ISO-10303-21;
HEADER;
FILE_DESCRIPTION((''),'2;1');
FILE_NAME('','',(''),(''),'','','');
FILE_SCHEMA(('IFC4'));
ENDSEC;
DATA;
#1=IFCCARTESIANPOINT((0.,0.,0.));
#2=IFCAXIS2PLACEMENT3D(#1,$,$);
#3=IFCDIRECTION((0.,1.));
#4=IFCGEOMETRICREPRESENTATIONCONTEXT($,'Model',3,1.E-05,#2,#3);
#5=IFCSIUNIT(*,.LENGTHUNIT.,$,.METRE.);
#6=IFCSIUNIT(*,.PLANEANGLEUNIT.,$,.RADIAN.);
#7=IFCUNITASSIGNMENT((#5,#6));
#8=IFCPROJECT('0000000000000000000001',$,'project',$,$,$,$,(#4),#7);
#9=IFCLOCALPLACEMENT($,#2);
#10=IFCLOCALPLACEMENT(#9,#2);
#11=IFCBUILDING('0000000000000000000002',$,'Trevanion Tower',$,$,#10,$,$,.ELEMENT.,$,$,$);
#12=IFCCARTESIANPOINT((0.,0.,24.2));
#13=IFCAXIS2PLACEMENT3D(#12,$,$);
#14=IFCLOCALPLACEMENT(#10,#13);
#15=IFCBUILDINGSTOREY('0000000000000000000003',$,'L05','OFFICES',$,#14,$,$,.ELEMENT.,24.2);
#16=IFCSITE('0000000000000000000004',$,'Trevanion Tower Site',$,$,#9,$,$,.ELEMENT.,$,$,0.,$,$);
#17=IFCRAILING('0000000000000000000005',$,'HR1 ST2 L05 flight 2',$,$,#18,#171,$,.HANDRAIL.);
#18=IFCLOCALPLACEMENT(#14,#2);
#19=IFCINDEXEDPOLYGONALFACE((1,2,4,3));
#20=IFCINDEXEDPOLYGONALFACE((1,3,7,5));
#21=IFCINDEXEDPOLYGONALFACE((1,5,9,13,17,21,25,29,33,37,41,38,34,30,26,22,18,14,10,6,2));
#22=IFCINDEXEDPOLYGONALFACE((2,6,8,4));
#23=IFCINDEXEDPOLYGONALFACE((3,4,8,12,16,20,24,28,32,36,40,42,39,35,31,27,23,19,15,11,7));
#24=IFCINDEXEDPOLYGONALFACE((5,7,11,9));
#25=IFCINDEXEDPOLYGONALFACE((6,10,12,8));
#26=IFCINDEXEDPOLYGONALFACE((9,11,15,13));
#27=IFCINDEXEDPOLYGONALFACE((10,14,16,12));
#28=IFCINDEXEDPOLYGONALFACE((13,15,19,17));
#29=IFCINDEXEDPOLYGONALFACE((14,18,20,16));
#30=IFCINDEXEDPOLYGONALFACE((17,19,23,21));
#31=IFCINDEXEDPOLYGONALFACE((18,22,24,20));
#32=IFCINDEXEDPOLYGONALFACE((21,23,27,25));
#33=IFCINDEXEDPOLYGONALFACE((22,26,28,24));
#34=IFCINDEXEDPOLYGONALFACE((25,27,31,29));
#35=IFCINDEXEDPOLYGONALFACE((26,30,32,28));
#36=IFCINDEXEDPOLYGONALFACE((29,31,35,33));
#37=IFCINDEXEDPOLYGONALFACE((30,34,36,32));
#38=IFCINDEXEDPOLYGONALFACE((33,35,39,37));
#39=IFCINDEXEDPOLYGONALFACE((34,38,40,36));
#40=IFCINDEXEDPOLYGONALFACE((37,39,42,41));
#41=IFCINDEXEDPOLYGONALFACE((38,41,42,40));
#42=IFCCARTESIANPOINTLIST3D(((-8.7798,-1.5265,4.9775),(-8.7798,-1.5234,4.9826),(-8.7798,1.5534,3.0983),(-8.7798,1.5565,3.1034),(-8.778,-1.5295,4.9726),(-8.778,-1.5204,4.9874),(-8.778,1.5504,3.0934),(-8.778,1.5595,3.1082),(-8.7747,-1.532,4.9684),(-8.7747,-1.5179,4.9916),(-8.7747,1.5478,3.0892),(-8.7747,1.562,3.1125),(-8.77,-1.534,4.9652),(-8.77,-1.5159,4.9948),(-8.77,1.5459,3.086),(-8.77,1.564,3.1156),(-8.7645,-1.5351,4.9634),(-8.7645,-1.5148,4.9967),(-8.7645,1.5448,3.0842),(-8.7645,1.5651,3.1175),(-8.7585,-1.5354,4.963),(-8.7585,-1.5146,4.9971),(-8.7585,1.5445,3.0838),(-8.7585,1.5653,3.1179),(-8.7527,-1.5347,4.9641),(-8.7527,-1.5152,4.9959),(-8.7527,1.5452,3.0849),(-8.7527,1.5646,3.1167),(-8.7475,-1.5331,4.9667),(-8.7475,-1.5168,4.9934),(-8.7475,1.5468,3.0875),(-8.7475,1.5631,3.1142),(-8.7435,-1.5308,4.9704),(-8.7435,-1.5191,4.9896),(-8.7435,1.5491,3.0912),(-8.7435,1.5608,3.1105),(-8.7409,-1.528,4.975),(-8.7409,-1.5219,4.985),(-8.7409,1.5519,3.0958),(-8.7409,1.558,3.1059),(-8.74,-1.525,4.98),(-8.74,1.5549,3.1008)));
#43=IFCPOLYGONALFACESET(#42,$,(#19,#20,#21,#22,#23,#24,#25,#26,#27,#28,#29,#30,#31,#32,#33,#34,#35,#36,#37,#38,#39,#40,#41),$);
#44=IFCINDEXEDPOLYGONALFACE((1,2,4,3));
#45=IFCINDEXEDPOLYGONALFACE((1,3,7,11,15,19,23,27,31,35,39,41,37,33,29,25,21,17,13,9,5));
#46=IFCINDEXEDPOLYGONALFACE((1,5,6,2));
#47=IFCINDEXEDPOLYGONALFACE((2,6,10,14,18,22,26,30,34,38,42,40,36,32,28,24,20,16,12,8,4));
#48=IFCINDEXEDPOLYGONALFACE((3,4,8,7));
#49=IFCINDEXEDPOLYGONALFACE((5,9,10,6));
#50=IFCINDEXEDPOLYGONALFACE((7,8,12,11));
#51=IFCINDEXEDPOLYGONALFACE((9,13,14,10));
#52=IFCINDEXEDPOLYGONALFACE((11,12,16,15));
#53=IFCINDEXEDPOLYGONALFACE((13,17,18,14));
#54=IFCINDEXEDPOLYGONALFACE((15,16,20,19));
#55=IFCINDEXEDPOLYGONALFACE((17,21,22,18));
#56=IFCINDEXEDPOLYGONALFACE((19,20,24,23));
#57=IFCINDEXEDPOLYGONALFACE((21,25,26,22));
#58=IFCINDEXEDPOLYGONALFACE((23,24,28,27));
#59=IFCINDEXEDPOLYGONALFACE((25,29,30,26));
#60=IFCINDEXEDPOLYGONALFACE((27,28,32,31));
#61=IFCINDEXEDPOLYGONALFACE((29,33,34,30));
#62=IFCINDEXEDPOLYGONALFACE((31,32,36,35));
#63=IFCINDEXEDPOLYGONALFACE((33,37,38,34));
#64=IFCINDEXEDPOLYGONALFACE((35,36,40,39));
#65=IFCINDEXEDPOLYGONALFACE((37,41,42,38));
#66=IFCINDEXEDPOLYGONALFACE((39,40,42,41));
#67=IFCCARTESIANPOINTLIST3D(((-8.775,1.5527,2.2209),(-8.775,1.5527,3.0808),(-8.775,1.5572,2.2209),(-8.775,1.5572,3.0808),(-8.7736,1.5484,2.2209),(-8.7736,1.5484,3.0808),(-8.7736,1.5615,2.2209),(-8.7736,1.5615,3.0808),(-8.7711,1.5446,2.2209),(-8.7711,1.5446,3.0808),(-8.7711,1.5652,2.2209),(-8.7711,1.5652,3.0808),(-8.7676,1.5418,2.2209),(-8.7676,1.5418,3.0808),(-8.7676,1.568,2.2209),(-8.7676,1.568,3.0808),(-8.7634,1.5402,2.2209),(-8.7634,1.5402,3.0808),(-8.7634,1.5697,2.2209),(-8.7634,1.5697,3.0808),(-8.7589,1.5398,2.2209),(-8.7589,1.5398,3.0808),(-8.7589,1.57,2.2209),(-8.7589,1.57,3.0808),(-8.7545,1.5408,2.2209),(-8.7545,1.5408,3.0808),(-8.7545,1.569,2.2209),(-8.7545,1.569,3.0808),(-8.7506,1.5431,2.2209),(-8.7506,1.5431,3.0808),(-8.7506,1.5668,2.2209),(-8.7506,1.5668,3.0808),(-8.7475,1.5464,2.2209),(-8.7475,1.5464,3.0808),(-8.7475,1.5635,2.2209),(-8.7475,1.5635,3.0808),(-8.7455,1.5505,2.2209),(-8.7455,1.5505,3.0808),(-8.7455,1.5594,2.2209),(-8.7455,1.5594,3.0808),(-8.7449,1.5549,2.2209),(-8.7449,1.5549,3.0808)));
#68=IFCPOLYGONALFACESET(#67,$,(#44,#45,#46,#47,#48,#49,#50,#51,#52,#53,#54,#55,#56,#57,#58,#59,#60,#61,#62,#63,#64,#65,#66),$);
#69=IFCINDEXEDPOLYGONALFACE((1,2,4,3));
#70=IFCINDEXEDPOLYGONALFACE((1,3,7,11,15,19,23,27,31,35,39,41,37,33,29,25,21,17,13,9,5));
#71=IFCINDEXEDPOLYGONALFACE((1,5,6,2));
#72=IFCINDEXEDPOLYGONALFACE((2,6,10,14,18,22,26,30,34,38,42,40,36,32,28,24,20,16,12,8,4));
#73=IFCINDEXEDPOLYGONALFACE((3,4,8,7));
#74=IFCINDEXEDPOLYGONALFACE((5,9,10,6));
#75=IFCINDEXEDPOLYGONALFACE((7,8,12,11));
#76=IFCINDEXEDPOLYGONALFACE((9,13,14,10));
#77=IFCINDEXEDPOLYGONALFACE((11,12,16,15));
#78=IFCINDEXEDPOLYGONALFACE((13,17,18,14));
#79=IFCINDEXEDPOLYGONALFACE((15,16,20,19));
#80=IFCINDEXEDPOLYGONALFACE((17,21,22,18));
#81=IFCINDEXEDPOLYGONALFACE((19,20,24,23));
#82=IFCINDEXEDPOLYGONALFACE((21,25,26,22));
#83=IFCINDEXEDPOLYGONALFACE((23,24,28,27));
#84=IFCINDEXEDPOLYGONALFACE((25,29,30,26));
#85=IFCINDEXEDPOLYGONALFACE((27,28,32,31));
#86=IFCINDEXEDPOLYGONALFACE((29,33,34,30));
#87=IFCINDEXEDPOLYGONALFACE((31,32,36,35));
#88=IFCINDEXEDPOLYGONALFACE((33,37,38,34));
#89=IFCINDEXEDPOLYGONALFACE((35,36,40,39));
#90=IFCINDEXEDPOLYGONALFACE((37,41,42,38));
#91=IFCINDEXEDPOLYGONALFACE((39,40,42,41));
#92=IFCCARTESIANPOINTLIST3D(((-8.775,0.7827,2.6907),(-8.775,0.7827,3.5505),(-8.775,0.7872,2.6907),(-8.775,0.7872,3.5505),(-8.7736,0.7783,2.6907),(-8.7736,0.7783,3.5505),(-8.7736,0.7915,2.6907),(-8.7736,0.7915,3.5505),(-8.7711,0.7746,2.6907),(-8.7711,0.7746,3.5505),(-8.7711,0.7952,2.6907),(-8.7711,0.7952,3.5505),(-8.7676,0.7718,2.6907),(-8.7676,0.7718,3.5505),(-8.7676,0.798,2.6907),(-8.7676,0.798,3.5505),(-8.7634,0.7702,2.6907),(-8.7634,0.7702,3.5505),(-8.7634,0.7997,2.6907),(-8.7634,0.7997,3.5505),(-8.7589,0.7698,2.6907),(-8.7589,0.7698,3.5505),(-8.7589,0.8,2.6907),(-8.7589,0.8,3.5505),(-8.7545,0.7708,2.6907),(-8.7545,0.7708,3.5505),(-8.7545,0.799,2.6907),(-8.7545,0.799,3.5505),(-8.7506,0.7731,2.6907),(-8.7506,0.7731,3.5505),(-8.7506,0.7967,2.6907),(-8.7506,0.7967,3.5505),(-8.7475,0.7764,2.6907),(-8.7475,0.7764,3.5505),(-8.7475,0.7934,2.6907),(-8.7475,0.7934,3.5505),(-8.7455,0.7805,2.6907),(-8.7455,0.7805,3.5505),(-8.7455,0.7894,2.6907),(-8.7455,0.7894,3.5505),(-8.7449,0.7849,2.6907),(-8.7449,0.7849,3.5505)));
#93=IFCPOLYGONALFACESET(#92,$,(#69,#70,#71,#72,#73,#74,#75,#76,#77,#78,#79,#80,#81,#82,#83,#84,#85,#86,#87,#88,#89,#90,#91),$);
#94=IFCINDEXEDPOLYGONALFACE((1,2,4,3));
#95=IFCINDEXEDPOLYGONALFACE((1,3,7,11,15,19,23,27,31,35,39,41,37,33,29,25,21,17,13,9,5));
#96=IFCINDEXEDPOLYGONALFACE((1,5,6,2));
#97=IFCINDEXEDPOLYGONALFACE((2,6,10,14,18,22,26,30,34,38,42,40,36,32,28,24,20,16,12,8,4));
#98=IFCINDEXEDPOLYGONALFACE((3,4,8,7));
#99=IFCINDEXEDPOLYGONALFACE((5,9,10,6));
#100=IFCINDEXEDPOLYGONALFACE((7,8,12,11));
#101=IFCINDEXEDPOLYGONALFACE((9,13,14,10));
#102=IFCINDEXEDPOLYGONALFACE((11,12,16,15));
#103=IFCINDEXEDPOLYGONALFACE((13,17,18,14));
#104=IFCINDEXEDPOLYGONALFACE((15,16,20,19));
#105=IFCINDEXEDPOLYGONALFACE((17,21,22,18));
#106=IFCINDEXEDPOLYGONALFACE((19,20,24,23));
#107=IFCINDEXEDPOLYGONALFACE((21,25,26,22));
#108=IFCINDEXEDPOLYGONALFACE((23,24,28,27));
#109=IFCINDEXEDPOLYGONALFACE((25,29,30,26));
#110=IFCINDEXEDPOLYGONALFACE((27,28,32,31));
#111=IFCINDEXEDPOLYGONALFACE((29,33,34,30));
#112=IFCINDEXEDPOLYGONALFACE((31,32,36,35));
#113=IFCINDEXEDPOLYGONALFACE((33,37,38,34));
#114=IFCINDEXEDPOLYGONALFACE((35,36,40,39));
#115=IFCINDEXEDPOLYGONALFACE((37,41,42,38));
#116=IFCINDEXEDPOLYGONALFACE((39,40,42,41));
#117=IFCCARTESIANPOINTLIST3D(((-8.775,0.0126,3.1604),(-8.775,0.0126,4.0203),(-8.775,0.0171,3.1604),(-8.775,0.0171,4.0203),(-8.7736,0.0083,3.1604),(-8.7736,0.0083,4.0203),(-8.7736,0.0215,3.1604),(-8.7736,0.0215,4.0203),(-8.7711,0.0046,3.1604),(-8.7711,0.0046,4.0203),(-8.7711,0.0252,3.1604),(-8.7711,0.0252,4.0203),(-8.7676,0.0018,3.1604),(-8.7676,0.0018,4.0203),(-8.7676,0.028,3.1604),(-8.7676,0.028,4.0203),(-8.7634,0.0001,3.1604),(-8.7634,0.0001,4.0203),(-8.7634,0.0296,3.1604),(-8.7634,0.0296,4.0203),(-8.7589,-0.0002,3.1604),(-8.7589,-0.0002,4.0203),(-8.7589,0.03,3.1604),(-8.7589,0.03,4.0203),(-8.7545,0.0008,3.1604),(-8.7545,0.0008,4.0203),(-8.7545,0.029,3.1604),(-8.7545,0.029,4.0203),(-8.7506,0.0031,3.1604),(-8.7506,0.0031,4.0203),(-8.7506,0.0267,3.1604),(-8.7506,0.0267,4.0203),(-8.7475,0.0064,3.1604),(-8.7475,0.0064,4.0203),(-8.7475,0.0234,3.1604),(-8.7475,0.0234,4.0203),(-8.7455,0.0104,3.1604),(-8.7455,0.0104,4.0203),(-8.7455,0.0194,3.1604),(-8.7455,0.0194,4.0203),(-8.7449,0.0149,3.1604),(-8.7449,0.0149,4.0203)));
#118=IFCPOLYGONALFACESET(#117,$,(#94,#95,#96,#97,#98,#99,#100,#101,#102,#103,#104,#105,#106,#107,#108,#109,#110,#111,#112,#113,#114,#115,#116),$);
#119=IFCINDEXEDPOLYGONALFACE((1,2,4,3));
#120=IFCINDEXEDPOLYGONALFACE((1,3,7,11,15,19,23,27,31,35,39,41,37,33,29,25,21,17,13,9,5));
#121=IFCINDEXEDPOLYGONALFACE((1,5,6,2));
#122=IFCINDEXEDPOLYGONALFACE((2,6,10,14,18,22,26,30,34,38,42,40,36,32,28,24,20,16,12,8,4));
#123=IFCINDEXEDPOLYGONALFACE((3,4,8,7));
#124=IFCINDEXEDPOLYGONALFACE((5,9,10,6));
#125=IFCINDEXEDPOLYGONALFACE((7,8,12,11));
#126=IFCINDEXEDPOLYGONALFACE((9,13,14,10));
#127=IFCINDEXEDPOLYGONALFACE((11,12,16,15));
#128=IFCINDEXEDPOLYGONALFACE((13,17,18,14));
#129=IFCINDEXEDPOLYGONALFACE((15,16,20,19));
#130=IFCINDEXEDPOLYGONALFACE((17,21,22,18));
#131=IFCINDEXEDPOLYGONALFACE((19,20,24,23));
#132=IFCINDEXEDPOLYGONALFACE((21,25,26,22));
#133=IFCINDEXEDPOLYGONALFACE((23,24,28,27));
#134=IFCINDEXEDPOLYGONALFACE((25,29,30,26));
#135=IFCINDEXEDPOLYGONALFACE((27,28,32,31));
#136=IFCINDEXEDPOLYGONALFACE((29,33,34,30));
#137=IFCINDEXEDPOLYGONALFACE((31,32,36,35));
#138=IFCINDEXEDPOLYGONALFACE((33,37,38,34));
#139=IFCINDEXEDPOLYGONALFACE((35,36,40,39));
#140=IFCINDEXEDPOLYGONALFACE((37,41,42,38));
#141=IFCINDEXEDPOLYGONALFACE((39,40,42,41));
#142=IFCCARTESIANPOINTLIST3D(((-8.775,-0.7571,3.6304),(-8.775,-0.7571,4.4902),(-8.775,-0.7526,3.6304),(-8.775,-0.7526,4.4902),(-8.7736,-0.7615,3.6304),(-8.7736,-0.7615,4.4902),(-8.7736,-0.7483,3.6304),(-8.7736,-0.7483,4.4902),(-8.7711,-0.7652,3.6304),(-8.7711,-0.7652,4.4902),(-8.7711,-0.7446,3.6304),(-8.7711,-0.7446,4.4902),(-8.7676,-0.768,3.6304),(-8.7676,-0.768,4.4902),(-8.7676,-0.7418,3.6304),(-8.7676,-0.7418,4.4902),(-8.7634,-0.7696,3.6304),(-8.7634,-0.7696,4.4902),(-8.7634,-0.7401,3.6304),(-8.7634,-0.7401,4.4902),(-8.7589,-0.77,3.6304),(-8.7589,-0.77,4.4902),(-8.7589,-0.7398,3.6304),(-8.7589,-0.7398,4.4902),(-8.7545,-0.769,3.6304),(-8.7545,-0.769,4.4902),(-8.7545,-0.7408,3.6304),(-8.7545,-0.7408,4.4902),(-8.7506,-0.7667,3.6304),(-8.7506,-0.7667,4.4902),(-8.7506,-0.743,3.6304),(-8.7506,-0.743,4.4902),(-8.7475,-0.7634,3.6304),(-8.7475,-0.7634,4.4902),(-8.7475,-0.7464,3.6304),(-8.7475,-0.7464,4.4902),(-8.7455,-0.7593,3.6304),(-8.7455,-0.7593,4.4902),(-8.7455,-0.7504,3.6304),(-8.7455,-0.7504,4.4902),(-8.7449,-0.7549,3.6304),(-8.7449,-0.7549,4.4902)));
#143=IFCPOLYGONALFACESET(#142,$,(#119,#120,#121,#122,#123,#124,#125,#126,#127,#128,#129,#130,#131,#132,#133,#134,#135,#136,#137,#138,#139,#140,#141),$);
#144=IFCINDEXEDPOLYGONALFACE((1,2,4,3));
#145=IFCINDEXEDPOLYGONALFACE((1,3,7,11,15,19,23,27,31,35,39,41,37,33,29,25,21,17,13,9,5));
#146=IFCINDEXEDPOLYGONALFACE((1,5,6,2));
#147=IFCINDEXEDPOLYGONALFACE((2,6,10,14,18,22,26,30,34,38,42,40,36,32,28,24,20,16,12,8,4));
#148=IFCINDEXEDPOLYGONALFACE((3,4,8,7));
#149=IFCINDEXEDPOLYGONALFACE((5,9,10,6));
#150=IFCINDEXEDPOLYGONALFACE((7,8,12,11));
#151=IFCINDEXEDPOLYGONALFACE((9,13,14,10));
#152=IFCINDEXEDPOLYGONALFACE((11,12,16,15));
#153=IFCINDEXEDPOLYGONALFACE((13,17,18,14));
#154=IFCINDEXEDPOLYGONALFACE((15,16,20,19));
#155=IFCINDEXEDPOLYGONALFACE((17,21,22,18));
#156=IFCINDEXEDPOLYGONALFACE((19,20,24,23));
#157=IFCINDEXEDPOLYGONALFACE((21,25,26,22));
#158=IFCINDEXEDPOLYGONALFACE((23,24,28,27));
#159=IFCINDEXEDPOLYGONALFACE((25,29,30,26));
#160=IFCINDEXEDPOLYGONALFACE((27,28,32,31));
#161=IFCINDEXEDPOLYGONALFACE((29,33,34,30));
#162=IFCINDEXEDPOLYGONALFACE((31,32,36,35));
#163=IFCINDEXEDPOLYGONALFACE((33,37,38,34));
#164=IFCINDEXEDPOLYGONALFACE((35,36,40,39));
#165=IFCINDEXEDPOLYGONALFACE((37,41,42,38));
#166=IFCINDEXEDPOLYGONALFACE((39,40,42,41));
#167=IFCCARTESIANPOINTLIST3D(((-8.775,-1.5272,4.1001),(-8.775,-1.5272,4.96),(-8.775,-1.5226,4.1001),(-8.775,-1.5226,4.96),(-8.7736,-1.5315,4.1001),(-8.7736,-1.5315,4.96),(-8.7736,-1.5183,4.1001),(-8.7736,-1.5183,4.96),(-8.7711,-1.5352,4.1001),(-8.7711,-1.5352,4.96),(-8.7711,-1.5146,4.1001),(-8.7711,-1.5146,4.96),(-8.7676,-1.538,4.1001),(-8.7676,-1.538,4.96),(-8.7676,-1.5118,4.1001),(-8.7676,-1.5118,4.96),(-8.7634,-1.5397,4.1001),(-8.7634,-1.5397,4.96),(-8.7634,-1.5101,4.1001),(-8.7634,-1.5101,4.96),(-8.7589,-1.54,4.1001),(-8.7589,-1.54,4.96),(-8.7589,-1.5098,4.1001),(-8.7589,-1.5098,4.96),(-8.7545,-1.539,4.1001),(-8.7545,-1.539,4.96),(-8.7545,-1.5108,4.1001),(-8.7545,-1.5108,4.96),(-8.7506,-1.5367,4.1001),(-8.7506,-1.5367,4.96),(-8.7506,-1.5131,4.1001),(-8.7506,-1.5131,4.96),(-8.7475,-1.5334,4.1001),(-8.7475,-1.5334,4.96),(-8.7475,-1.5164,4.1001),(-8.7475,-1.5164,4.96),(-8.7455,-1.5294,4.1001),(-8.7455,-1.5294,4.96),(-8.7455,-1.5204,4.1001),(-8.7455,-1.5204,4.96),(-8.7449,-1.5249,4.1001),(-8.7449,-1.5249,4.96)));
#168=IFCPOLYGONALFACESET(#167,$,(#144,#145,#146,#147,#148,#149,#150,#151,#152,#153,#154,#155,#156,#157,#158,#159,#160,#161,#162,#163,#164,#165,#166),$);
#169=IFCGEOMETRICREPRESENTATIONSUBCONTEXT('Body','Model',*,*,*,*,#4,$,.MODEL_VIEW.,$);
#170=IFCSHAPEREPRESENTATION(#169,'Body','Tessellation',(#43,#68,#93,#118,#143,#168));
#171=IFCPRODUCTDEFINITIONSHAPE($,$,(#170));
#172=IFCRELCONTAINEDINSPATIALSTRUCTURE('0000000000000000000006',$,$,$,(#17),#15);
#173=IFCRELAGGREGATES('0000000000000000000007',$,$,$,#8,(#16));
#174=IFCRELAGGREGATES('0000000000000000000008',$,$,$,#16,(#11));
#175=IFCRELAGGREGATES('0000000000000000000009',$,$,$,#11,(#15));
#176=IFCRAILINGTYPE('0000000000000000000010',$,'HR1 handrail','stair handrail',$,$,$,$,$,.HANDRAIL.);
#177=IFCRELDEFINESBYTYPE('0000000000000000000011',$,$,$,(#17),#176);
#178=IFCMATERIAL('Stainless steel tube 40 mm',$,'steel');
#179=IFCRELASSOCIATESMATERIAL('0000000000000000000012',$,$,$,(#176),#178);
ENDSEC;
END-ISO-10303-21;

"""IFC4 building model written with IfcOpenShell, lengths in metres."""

from ifc_helpers import new_model, si_unit, direction, frame, origin, origin_2d, place, context, subcontext, project, spatial, circle, extrude, material, type_object, element, save


model = new_model("IFC4")

# Units and contexts
model_context = context("Model", 3, precision=1e-05, world=origin(), true_north=direction((0.0, 1.0)))
body_context = subcontext(model_context, "Body", "Model", "MODEL_VIEW")
ifc_project = project(units=[si_unit("LENGTHUNIT", "METRE"), si_unit("PLANEANGLEUNIT", "RADIAN")], contexts=[model_context])

# Site, building, storey
site_placement = place(None, origin())
site = spatial("IfcSite", under=ifc_project, at=site_placement, Name="Trevanion Tower Site", CompositionType="ELEMENT", RefElevation=0.0)
building_placement = place(site_placement, origin())
building = spatial("IfcBuilding", under=site, at=building_placement, Name="Trevanion Tower", CompositionType="ELEMENT")
storey_placement = place(building_placement, frame((0.0, 0.0, 24.2)))
storey = spatial("IfcBuildingStorey", under=building, at=storey_placement, Name="L05", Description="OFFICES", CompositionType="ELEMENT", Elevation=24.2)

# Railing
ifc_material_1 = material(Name="Stainless steel tube 40 mm", Category="steel")
railing_type = type_object("IfcRailingType", Name="HR1 handrail", Description="stair handrail", PredefinedType="HANDRAIL", material=ifc_material_1)
for number, where, name in (
    (1, (-8.76, 1.5549, 2.2209), "HR1 ST2 L05 flight 2"),
):
    element("IfcRailing", number, at=place(storey_placement, frame(where)), inside=storey, type_object=railing_type, Name=name, PredefinedType="HANDRAIL", context=body_context, shape_type="SweptSolid", body=[
        extrude(circle(Radius=0.02, at=origin_2d()), frame((0.0, 0.0, 0.8799), z_axis=(0.0, -0.853648, 0.52085), x_axis=(1.0, 0.0, 0.0)), (0.0, 0.0, 1.0), 3.6079),
        extrude(circle(Radius=0.0151, at=origin_2d()), origin(), (0.0, 0.0, 1.0), 0.8599),
        extrude(circle(Radius=0.0151, at=origin_2d()), frame((0.0, -0.77, 0.4697)), (0.0, 0.0, 1.0), 0.8599),
        extrude(circle(Radius=0.0151, at=origin_2d()), frame((0.0, -1.54, 0.9395)), (0.0, 0.0, 1.0), 0.8599),
        extrude(circle(Radius=0.0151, at=origin_2d()), frame((0.0, -2.3098, 1.4094)), (0.0, 0.0, 1.0), 0.8599),
        extrude(circle(Radius=0.0151, at=origin_2d()), frame((0.0, -3.0798, 1.8792)), (0.0, 0.0, 1.0), 0.8599),
    ])

save(model, "model.ifc")
